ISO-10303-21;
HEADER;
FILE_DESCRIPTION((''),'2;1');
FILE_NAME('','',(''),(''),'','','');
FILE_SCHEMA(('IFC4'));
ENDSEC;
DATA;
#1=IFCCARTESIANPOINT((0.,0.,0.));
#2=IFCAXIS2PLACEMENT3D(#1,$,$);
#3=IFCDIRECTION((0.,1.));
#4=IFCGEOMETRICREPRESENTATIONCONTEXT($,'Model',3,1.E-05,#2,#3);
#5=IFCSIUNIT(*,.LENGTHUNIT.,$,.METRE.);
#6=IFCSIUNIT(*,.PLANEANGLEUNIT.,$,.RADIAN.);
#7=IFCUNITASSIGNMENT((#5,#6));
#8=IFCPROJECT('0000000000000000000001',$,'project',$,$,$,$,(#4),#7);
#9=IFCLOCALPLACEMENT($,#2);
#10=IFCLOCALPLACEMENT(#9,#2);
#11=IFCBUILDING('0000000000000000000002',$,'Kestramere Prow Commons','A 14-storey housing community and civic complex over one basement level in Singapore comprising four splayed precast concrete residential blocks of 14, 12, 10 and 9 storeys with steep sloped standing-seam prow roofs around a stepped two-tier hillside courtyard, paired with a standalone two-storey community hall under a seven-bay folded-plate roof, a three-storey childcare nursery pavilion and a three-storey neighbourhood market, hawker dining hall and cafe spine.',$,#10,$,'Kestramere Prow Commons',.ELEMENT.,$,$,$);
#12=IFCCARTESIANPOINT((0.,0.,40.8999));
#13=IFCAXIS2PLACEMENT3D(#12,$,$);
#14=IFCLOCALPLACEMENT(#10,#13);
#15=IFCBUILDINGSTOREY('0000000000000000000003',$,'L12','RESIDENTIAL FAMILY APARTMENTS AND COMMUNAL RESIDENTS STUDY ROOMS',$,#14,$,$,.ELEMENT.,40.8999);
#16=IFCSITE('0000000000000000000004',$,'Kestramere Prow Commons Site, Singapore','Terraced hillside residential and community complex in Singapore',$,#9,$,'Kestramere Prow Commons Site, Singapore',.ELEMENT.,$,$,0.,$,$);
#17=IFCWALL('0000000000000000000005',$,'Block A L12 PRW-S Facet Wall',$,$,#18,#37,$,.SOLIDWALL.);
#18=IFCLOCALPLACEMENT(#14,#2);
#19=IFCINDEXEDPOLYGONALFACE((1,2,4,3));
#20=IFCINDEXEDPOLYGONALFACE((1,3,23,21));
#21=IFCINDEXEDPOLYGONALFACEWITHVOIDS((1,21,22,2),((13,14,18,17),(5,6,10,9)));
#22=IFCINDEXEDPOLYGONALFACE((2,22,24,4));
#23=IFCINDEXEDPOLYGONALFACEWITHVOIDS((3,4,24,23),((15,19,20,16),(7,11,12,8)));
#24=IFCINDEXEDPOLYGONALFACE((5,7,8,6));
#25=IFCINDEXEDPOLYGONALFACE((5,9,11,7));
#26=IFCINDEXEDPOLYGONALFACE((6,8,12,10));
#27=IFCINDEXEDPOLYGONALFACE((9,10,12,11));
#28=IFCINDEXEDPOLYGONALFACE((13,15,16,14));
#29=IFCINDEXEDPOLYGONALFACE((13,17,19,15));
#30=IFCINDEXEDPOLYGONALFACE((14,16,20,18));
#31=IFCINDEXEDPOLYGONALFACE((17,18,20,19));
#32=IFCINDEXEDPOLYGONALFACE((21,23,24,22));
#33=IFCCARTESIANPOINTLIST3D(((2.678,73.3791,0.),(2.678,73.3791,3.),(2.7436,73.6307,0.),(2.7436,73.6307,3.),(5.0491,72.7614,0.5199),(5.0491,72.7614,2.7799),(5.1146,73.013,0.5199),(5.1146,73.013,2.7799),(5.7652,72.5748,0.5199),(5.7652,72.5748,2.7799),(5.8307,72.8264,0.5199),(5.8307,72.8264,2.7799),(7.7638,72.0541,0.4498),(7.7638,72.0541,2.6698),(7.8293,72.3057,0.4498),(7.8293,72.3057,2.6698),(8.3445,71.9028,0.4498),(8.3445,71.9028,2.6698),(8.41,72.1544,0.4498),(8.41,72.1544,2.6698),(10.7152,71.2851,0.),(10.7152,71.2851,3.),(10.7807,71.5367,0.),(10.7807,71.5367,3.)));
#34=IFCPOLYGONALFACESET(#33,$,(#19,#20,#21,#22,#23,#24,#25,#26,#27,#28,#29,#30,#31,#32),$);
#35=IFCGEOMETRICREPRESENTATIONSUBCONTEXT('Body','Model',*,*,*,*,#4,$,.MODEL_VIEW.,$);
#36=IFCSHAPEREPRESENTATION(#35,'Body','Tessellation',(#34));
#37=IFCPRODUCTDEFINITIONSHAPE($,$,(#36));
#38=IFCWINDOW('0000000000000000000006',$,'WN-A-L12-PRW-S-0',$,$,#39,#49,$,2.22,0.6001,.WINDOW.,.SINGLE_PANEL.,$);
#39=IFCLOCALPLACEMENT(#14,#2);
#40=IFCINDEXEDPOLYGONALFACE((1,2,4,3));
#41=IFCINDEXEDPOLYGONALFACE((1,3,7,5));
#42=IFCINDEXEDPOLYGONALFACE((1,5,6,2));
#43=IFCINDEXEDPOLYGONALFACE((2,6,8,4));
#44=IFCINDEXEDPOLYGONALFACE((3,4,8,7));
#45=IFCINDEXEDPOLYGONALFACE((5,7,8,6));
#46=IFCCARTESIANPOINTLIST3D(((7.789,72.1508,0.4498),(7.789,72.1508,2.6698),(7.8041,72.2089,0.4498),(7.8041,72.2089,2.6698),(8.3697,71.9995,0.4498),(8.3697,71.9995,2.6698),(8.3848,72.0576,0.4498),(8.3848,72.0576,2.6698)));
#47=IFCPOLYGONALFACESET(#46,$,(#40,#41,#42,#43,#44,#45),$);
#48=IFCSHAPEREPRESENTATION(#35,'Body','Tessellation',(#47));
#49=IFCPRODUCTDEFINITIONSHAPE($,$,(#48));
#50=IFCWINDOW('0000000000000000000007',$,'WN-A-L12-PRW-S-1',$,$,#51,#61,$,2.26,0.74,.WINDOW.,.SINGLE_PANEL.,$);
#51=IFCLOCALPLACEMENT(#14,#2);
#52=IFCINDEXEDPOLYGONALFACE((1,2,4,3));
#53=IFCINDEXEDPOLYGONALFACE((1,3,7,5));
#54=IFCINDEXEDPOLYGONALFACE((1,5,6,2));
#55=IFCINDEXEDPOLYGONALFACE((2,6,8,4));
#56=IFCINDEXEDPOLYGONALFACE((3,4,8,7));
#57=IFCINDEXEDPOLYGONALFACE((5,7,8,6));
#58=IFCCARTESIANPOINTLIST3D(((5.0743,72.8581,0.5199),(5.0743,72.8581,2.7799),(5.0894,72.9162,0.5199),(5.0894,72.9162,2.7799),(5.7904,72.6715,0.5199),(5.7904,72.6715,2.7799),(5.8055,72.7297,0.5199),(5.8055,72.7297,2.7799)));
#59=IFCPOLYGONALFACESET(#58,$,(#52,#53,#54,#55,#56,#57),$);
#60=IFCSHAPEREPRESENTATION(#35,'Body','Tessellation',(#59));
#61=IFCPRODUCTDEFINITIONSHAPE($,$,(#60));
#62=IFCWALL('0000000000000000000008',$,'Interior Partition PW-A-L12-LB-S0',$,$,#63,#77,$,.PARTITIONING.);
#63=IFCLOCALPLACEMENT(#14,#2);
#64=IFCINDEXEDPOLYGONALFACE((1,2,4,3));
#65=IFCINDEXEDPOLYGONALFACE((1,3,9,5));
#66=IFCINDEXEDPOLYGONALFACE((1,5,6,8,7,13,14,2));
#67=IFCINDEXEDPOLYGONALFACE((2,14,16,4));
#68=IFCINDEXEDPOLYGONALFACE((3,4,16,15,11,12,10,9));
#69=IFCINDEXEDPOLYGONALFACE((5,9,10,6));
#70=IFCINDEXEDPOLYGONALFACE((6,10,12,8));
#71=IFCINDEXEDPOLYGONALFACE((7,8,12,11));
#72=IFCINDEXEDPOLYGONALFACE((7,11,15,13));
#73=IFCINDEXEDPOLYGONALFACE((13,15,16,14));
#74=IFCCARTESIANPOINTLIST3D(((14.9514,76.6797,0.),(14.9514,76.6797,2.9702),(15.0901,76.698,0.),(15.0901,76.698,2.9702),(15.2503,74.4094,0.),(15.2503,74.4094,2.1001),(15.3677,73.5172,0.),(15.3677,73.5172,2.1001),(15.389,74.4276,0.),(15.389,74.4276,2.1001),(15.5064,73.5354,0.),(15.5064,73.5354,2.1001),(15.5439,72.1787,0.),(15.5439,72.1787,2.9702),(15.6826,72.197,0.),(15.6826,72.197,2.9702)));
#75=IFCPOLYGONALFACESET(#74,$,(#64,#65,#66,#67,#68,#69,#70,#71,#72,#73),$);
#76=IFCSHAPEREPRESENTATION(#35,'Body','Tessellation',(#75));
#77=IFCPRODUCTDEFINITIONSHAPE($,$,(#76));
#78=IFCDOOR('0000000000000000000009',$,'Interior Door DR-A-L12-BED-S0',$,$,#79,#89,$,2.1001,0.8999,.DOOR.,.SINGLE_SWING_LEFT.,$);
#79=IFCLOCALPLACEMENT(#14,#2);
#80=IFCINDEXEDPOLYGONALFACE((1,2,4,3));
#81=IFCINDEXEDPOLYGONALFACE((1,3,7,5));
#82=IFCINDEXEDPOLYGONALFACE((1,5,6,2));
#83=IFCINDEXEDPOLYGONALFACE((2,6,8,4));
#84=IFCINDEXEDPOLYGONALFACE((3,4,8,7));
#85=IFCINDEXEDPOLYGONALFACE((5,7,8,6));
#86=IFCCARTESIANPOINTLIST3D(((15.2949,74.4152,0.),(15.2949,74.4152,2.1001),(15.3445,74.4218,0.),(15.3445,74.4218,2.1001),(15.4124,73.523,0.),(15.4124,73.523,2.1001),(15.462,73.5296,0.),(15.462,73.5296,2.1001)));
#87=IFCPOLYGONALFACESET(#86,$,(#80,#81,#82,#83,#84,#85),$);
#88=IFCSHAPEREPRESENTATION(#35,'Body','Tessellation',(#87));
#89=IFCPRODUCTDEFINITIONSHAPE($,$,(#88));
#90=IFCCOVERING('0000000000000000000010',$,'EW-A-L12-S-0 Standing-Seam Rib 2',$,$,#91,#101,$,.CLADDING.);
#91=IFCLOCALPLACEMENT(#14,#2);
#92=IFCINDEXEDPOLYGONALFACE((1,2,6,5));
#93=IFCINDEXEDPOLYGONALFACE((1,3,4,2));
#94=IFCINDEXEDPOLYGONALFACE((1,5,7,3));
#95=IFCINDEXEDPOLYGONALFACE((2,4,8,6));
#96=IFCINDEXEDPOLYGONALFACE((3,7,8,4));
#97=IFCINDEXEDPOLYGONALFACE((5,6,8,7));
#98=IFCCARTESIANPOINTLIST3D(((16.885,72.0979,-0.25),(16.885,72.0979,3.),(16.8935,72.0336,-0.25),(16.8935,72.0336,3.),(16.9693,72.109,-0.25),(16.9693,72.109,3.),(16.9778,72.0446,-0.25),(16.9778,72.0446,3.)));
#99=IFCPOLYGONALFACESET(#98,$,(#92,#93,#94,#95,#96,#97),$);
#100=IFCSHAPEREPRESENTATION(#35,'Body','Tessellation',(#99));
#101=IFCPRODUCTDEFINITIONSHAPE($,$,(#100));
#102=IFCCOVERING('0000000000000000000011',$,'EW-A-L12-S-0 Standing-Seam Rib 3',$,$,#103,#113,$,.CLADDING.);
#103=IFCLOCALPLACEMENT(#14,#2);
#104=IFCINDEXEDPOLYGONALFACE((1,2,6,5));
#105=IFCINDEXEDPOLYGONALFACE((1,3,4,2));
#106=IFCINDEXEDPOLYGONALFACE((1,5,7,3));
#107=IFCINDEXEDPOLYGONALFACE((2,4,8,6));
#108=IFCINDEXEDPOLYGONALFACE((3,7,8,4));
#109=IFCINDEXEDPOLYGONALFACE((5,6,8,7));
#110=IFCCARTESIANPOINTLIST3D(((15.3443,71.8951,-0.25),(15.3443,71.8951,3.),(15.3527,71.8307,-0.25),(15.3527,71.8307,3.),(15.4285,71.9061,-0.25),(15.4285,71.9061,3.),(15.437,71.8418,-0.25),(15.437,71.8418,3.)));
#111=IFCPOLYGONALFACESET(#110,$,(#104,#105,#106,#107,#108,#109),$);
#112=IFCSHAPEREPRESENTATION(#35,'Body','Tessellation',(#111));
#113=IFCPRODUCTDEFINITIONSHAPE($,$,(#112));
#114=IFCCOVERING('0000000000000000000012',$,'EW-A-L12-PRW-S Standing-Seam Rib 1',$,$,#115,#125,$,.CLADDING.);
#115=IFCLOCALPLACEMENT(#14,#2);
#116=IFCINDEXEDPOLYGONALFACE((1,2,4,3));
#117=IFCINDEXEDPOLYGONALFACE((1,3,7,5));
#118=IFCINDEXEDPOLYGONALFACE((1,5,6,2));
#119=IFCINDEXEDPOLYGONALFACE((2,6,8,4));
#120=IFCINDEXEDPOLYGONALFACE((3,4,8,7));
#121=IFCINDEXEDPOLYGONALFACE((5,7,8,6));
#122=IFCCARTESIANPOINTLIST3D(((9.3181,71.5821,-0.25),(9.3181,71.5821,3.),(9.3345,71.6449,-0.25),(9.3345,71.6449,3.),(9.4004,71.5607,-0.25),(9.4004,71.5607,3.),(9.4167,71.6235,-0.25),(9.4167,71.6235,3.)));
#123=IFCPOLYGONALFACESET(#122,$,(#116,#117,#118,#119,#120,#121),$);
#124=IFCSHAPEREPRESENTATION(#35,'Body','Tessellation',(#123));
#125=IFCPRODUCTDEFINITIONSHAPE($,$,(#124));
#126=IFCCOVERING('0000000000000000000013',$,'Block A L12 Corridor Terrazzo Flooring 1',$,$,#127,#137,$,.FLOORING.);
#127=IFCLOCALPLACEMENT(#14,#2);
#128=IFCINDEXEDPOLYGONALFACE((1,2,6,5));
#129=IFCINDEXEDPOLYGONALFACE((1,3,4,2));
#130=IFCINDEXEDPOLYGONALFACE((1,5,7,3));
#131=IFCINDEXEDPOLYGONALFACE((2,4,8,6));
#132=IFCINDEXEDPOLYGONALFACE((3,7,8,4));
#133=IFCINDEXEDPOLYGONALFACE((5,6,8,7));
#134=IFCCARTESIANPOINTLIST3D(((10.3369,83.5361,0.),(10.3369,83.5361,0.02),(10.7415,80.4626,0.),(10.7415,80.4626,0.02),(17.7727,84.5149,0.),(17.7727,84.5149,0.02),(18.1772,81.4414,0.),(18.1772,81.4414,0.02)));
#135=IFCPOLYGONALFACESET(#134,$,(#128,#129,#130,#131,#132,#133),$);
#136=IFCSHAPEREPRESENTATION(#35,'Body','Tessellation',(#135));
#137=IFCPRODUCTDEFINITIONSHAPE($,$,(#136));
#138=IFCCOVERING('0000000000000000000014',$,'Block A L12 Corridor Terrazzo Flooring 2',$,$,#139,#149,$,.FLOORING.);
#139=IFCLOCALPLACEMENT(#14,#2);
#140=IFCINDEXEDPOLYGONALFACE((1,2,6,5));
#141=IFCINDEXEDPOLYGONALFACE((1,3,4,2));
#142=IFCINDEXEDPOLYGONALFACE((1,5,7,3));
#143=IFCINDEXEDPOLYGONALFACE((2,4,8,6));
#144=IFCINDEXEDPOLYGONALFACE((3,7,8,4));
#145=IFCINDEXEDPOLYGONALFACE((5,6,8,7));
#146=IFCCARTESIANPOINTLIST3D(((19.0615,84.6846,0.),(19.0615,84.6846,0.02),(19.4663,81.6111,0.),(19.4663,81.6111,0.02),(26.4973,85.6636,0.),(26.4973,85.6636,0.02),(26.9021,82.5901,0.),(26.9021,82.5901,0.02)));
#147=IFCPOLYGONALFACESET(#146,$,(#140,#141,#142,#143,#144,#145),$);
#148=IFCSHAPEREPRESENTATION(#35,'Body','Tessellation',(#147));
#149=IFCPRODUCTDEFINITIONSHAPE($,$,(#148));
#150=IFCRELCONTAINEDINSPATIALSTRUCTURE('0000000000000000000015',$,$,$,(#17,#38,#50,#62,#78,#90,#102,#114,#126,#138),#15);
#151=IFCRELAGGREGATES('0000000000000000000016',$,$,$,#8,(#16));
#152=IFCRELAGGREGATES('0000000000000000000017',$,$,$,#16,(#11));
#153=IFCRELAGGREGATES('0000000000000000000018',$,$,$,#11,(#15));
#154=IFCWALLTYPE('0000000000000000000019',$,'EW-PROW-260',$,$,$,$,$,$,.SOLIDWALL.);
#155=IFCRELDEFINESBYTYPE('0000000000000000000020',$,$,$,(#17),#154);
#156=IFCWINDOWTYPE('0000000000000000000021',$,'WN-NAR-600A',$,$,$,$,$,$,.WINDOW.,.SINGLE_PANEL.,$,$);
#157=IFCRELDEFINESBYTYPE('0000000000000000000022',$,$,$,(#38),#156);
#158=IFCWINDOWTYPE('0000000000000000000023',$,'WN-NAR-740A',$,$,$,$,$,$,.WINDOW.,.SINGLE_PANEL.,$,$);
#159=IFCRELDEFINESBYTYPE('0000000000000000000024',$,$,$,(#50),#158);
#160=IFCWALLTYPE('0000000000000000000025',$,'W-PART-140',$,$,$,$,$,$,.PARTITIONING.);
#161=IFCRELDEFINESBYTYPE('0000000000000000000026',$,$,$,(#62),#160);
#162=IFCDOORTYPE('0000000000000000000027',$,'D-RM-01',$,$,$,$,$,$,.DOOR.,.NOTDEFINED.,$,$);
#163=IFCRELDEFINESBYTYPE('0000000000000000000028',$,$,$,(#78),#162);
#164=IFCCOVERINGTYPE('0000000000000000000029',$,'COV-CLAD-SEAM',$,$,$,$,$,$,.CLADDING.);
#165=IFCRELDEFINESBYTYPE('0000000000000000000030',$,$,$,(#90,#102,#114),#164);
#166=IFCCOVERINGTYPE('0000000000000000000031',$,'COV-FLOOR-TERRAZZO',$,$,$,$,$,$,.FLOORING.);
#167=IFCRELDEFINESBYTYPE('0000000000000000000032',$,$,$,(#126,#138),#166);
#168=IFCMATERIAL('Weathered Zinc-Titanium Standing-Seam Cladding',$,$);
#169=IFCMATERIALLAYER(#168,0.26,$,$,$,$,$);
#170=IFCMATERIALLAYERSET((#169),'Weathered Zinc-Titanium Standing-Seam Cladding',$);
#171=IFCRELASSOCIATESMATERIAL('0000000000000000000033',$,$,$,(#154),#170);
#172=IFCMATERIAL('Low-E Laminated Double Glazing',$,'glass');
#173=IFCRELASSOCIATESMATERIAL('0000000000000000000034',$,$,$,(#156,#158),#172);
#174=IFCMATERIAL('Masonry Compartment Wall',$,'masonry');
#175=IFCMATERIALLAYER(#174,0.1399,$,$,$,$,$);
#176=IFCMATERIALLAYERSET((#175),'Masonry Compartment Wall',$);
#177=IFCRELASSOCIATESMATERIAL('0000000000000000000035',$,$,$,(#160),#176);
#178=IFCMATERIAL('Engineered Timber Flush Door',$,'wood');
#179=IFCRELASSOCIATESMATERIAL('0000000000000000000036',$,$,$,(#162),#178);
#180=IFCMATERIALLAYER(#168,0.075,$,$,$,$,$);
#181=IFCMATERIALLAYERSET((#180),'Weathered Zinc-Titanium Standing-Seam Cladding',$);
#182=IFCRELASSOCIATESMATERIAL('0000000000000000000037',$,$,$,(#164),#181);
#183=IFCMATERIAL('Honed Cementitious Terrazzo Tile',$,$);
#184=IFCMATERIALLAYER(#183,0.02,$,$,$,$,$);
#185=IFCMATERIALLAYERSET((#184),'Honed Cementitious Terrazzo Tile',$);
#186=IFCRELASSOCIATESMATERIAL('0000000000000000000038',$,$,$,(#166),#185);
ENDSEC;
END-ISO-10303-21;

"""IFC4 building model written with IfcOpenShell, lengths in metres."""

from ifc_helpers import new_model, si_unit, direction, frame, frame_2d, origin, origin_2d, place, context, subcontext, project, spatial, polyline, rectangle, outline, extrude, material, layer, layer_set, type_object, element, fill, save


model = new_model("IFC4")

# Units and contexts
model_context = context("Model", 3, precision=1e-05, world=origin(), true_north=direction((0.0, 1.0)))
body_context = subcontext(model_context, "Body", "Model", "MODEL_VIEW")
ifc_project = project(units=[si_unit("LENGTHUNIT", "METRE"), si_unit("PLANEANGLEUNIT", "RADIAN")], contexts=[model_context])

# Site, building, storey
site_placement = place(None, origin())
site = spatial("IfcSite", under=ifc_project, at=site_placement, Name="Kestramere Prow Commons Site, Singapore", Description="Terraced hillside residential and community complex in Singapore", LongName="Kestramere Prow Commons Site, Singapore", CompositionType="ELEMENT", RefElevation=0.0)
building_placement = place(site_placement, origin())
building = spatial("IfcBuilding", under=site, at=building_placement, Name="Kestramere Prow Commons", Description="A 14-storey housing community and civic complex over one basement level in Singapore comprising four splayed precast concrete residential blocks of 14, 12, 10 and 9 storeys with steep sloped standing-seam prow roofs around a stepped two-tier hillside courtyard, paired with a standalone two-storey community hall under a seven-bay folded-plate roof, a three-storey childcare nursery pavilion and a three-storey neighbourhood market, hawker dining hall and cafe spine.", LongName="Kestramere Prow Commons", CompositionType="ELEMENT")
storey_placement = place(building_placement, frame((0.0, 0.0, 40.8999)))
storey = spatial("IfcBuildingStorey", under=building, at=storey_placement, Name="L12", Description="RESIDENTIAL FAMILY APARTMENTS AND COMMUNAL RESIDENTS STUDY ROOMS", CompositionType="ELEMENT", Elevation=40.8999)

# Wall, openings, windows
ifc_material_1 = material(Name="Weathered Zinc-Titanium Standing-Seam Cladding")
ifc_layer_1 = layer(ifc_material_1, 0.26)
ifc_layer_set_1 = layer_set([ifc_layer_1], Name="Weathered Zinc-Titanium Standing-Seam Cladding")
wall_type_1 = type_object("IfcWallType", Name="EW-PROW-260", PredefinedType="SOLIDWALL", material=ifc_layer_set_1)
wall_1_placement = place(storey_placement, frame((10.748, 71.4109, 0.0), z_axis=(0.0, 0.0, 1.0), x_axis=(-0.967695, 0.252124, 0.0)))
wall_1 = element("IfcWall", 1, at=wall_1_placement, inside=storey, type_object=wall_type_1, Name="Block A L12 PRW-S Facet Wall", PredefinedType="SOLIDWALL", context=body_context, shape_type="SweptSolid", body=[
    extrude(rectangle(XDim=8.3054, YDim=0.26, at=frame_2d((4.1528, 0.0))), origin(), (0.0, 0.0, 1.0), 3.0),
])
opening_1_placement = place(wall_1_placement, frame((2.45, 0.0, 0.45)))
opening_1 = element("IfcOpeningElement", 2, at=opening_1_placement, cuts=wall_1, PredefinedType="OPENING", context=body_context, shape_type="SweptSolid", body=[
    extrude(rectangle(XDim=0.6001, YDim=2.22, at=frame_2d((0.3, 1.1099))), frame((0.0, 0.145, 0.0), z_axis=(0.0, -1.0, 0.0), x_axis=(1.0, 0.0, 0.0)), (0.0, 0.0, 1.0), 0.29),
])
opening_2_placement = place(wall_1_placement, frame((5.1152, 0.0, 0.52)))
opening_2 = element("IfcOpeningElement", 3, at=opening_2_placement, cuts=wall_1, PredefinedType="OPENING", context=body_context, shape_type="SweptSolid", body=[
    extrude(rectangle(XDim=0.74, YDim=2.26, at=frame_2d((0.3701, 1.1299))), frame((0.0, 0.145, 0.0), z_axis=(0.0, -1.0, 0.0), x_axis=(1.0, 0.0, 0.0)), (0.0, 0.0, 1.0), 0.29),
])
ifc_material_2 = material(Name="Low-E Laminated Double Glazing", Category="glass")
window_type_1 = type_object("IfcWindowType", Name="WN-NAR-600A", PartitioningType="SINGLE_PANEL", PredefinedType="WINDOW", material=ifc_material_2)
window_1_placement = place(opening_1_placement, origin())
window_1 = element("IfcWindow", 4, at=window_1_placement, inside=storey, type_object=window_type_1, Name="WN-A-L12-PRW-S-0", OverallHeight=2.22, OverallWidth=0.6001, PartitioningType="SINGLE_PANEL", PredefinedType="WINDOW", context=body_context, shape_type="SweptSolid", body=[
    extrude(rectangle(XDim=0.6001, YDim=2.22, at=frame_2d((0.3, 1.1099))), frame((0.0, 0.03, 0.0), z_axis=(0.0, -1.0, 0.0), x_axis=(1.0, 0.0, 0.0)), (0.0, 0.0, 1.0), 0.0601),
])
fill(opening_1, window_1)
window_type_2 = type_object("IfcWindowType", Name="WN-NAR-740A", PartitioningType="SINGLE_PANEL", PredefinedType="WINDOW", material=ifc_material_2)
window_2_placement = place(opening_2_placement, origin())
window_2 = element("IfcWindow", 5, at=window_2_placement, inside=storey, type_object=window_type_2, Name="WN-A-L12-PRW-S-1", OverallHeight=2.26, OverallWidth=0.74, PartitioningType="SINGLE_PANEL", PredefinedType="WINDOW", context=body_context, shape_type="SweptSolid", body=[
    extrude(rectangle(XDim=0.74, YDim=2.26, at=frame_2d((0.3701, 1.1299))), frame((0.0, 0.03, 0.0), z_axis=(0.0, -1.0, 0.0), x_axis=(1.0, 0.0, 0.0)), (0.0, 0.0, 1.0), 0.0601),
])
fill(opening_2, window_2)

# Wall, opening, door
ifc_material_3 = material(Name="Masonry Compartment Wall", Category="masonry")
ifc_layer_2 = layer(ifc_material_3, 0.1399)
ifc_layer_set_2 = layer_set([ifc_layer_2], Name="Masonry Compartment Wall")
wall_type_2 = type_object("IfcWallType", Name="W-PART-140", PredefinedType="PARTITIONING", material=ifc_layer_set_2)
wall_2_placement = place(storey_placement, frame((15.6133, 72.1877, 0.0), z_axis=(0.0, 0.0, 1.0), x_axis=(-0.130519, 0.991446, 0.0)))
wall_2 = element("IfcWall", 6, at=wall_2_placement, inside=storey, type_object=wall_type_2, Name="Interior Partition PW-A-L12-LB-S0", PredefinedType="PARTITIONING", context=body_context, shape_type="SweptSolid", body=[
    extrude(rectangle(XDim=4.5398, YDim=0.1399, at=frame_2d((2.27, 0.0))), origin(), (0.0, 0.0, 1.0), 2.9702),
])
opening_3_placement = place(wall_2_placement, frame((1.3501, 0.0, 0.0)))
opening_3 = element("IfcOpeningElement", 7, at=opening_3_placement, cuts=wall_2, PredefinedType="OPENING", context=body_context, shape_type="SweptSolid", body=[
    extrude(rectangle(XDim=0.8999, YDim=2.1001, at=frame_2d((0.45, 1.05))), frame((0.0, 0.085, 0.0), z_axis=(0.0, -1.0, 0.0), x_axis=(1.0, 0.0, 0.0)), (0.0, 0.0, 1.0), 0.1699),
])
ifc_material_4 = material(Name="Engineered Timber Flush Door", Category="wood")
door_type = type_object("IfcDoorType", Name="D-RM-01", OperationType="NOTDEFINED", PredefinedType="DOOR", material=ifc_material_4)
door_placement = place(opening_3_placement, origin())
door = element("IfcDoor", 8, at=door_placement, inside=storey, type_object=door_type, Name="Interior Door DR-A-L12-BED-S0", OperationType="SINGLE_SWING_LEFT", OverallHeight=2.1001, OverallWidth=0.8999, PredefinedType="DOOR", context=body_context, shape_type="SweptSolid", body=[
    extrude(rectangle(XDim=0.8999, YDim=2.1001, at=frame_2d((0.45, 1.05))), frame((0.0, 0.0249, 0.0), z_axis=(0.0, -1.0, 0.0), x_axis=(1.0, 0.0, 0.0)), (0.0, 0.0, 1.0), 0.05),
])
fill(opening_3, door)

# Coverings
ifc_layer_3 = layer(ifc_material_1, 0.075)
ifc_layer_set_3 = layer_set([ifc_layer_3], Name="Weathered Zinc-Titanium Standing-Seam Cladding")
covering_type_1 = type_object("IfcCoveringType", Name="COV-CLAD-SEAM", PredefinedType="CLADDING", material=ifc_layer_set_3)
for number, where, z_axis, x_axis, name in (
    (9, (16.9314, 72.0713, -0.25), (0.0, 0.0, 1.0), (-0.991445, -0.130526, 0.0), "EW-A-L12-S-0 Standing-Seam Rib 2"),
    (10, (15.3906, 71.8684, -0.25), (0.0, 0.0, 1.0), (-0.991445, -0.130526, 0.0), "EW-A-L12-S-0 Standing-Seam Rib 3"),
    (11, (9.3674, 71.6028, -0.25), (0.0, 0.0, 1.0), (-0.967698, 0.252112, 0.0), "EW-A-L12-PRW-S Standing-Seam Rib 1"),
):
    element("IfcCovering", number, at=place(storey_placement, frame(where, z_axis=z_axis, x_axis=x_axis)), inside=storey, type_object=covering_type_1, Name=name, PredefinedType="CLADDING", context=body_context, shape_type="SweptSolid", body=[
        extrude(rectangle(XDim=0.085, YDim=0.0649, at=origin_2d()), origin(), (0.0, 0.0, 1.0), 3.25),
    ])
ifc_material_5 = material(Name="Honed Cementitious Terrazzo Tile")
ifc_layer_4 = layer(ifc_material_5, 0.02)
ifc_layer_set_4 = layer_set([ifc_layer_4], Name="Honed Cementitious Terrazzo Tile")
covering_type_2 = type_object("IfcCoveringType", Name="COV-FLOOR-TERRAZZO", PredefinedType="FLOORING", material=ifc_layer_set_4)
covering_1_placement = place(storey_placement, origin())
element("IfcCovering", 12, at=covering_1_placement, inside=storey, type_object=covering_type_2, Name="Block A L12 Corridor Terrazzo Flooring 1", PredefinedType="FLOORING", context=body_context, shape_type="SweptSolid", body=[
    extrude(outline(polyline([(10.7415, 80.4626), (18.1772, 81.4414), (17.7727, 84.5149), (10.3369, 83.5361), (10.7415, 80.4626)])), origin(), (0.0, 0.0, 1.0), 0.02),
])
covering_2_placement = place(storey_placement, origin())
element("IfcCovering", 13, at=covering_2_placement, inside=storey, type_object=covering_type_2, Name="Block A L12 Corridor Terrazzo Flooring 2", PredefinedType="FLOORING", context=body_context, shape_type="SweptSolid", body=[
    extrude(outline(polyline([(19.4663, 81.6111), (26.9021, 82.5901), (26.4973, 85.6636), (19.0615, 84.6846), (19.4663, 81.6111)])), origin(), (0.0, 0.0, 1.0), 0.02),
])

save(model, "model.ifc")
